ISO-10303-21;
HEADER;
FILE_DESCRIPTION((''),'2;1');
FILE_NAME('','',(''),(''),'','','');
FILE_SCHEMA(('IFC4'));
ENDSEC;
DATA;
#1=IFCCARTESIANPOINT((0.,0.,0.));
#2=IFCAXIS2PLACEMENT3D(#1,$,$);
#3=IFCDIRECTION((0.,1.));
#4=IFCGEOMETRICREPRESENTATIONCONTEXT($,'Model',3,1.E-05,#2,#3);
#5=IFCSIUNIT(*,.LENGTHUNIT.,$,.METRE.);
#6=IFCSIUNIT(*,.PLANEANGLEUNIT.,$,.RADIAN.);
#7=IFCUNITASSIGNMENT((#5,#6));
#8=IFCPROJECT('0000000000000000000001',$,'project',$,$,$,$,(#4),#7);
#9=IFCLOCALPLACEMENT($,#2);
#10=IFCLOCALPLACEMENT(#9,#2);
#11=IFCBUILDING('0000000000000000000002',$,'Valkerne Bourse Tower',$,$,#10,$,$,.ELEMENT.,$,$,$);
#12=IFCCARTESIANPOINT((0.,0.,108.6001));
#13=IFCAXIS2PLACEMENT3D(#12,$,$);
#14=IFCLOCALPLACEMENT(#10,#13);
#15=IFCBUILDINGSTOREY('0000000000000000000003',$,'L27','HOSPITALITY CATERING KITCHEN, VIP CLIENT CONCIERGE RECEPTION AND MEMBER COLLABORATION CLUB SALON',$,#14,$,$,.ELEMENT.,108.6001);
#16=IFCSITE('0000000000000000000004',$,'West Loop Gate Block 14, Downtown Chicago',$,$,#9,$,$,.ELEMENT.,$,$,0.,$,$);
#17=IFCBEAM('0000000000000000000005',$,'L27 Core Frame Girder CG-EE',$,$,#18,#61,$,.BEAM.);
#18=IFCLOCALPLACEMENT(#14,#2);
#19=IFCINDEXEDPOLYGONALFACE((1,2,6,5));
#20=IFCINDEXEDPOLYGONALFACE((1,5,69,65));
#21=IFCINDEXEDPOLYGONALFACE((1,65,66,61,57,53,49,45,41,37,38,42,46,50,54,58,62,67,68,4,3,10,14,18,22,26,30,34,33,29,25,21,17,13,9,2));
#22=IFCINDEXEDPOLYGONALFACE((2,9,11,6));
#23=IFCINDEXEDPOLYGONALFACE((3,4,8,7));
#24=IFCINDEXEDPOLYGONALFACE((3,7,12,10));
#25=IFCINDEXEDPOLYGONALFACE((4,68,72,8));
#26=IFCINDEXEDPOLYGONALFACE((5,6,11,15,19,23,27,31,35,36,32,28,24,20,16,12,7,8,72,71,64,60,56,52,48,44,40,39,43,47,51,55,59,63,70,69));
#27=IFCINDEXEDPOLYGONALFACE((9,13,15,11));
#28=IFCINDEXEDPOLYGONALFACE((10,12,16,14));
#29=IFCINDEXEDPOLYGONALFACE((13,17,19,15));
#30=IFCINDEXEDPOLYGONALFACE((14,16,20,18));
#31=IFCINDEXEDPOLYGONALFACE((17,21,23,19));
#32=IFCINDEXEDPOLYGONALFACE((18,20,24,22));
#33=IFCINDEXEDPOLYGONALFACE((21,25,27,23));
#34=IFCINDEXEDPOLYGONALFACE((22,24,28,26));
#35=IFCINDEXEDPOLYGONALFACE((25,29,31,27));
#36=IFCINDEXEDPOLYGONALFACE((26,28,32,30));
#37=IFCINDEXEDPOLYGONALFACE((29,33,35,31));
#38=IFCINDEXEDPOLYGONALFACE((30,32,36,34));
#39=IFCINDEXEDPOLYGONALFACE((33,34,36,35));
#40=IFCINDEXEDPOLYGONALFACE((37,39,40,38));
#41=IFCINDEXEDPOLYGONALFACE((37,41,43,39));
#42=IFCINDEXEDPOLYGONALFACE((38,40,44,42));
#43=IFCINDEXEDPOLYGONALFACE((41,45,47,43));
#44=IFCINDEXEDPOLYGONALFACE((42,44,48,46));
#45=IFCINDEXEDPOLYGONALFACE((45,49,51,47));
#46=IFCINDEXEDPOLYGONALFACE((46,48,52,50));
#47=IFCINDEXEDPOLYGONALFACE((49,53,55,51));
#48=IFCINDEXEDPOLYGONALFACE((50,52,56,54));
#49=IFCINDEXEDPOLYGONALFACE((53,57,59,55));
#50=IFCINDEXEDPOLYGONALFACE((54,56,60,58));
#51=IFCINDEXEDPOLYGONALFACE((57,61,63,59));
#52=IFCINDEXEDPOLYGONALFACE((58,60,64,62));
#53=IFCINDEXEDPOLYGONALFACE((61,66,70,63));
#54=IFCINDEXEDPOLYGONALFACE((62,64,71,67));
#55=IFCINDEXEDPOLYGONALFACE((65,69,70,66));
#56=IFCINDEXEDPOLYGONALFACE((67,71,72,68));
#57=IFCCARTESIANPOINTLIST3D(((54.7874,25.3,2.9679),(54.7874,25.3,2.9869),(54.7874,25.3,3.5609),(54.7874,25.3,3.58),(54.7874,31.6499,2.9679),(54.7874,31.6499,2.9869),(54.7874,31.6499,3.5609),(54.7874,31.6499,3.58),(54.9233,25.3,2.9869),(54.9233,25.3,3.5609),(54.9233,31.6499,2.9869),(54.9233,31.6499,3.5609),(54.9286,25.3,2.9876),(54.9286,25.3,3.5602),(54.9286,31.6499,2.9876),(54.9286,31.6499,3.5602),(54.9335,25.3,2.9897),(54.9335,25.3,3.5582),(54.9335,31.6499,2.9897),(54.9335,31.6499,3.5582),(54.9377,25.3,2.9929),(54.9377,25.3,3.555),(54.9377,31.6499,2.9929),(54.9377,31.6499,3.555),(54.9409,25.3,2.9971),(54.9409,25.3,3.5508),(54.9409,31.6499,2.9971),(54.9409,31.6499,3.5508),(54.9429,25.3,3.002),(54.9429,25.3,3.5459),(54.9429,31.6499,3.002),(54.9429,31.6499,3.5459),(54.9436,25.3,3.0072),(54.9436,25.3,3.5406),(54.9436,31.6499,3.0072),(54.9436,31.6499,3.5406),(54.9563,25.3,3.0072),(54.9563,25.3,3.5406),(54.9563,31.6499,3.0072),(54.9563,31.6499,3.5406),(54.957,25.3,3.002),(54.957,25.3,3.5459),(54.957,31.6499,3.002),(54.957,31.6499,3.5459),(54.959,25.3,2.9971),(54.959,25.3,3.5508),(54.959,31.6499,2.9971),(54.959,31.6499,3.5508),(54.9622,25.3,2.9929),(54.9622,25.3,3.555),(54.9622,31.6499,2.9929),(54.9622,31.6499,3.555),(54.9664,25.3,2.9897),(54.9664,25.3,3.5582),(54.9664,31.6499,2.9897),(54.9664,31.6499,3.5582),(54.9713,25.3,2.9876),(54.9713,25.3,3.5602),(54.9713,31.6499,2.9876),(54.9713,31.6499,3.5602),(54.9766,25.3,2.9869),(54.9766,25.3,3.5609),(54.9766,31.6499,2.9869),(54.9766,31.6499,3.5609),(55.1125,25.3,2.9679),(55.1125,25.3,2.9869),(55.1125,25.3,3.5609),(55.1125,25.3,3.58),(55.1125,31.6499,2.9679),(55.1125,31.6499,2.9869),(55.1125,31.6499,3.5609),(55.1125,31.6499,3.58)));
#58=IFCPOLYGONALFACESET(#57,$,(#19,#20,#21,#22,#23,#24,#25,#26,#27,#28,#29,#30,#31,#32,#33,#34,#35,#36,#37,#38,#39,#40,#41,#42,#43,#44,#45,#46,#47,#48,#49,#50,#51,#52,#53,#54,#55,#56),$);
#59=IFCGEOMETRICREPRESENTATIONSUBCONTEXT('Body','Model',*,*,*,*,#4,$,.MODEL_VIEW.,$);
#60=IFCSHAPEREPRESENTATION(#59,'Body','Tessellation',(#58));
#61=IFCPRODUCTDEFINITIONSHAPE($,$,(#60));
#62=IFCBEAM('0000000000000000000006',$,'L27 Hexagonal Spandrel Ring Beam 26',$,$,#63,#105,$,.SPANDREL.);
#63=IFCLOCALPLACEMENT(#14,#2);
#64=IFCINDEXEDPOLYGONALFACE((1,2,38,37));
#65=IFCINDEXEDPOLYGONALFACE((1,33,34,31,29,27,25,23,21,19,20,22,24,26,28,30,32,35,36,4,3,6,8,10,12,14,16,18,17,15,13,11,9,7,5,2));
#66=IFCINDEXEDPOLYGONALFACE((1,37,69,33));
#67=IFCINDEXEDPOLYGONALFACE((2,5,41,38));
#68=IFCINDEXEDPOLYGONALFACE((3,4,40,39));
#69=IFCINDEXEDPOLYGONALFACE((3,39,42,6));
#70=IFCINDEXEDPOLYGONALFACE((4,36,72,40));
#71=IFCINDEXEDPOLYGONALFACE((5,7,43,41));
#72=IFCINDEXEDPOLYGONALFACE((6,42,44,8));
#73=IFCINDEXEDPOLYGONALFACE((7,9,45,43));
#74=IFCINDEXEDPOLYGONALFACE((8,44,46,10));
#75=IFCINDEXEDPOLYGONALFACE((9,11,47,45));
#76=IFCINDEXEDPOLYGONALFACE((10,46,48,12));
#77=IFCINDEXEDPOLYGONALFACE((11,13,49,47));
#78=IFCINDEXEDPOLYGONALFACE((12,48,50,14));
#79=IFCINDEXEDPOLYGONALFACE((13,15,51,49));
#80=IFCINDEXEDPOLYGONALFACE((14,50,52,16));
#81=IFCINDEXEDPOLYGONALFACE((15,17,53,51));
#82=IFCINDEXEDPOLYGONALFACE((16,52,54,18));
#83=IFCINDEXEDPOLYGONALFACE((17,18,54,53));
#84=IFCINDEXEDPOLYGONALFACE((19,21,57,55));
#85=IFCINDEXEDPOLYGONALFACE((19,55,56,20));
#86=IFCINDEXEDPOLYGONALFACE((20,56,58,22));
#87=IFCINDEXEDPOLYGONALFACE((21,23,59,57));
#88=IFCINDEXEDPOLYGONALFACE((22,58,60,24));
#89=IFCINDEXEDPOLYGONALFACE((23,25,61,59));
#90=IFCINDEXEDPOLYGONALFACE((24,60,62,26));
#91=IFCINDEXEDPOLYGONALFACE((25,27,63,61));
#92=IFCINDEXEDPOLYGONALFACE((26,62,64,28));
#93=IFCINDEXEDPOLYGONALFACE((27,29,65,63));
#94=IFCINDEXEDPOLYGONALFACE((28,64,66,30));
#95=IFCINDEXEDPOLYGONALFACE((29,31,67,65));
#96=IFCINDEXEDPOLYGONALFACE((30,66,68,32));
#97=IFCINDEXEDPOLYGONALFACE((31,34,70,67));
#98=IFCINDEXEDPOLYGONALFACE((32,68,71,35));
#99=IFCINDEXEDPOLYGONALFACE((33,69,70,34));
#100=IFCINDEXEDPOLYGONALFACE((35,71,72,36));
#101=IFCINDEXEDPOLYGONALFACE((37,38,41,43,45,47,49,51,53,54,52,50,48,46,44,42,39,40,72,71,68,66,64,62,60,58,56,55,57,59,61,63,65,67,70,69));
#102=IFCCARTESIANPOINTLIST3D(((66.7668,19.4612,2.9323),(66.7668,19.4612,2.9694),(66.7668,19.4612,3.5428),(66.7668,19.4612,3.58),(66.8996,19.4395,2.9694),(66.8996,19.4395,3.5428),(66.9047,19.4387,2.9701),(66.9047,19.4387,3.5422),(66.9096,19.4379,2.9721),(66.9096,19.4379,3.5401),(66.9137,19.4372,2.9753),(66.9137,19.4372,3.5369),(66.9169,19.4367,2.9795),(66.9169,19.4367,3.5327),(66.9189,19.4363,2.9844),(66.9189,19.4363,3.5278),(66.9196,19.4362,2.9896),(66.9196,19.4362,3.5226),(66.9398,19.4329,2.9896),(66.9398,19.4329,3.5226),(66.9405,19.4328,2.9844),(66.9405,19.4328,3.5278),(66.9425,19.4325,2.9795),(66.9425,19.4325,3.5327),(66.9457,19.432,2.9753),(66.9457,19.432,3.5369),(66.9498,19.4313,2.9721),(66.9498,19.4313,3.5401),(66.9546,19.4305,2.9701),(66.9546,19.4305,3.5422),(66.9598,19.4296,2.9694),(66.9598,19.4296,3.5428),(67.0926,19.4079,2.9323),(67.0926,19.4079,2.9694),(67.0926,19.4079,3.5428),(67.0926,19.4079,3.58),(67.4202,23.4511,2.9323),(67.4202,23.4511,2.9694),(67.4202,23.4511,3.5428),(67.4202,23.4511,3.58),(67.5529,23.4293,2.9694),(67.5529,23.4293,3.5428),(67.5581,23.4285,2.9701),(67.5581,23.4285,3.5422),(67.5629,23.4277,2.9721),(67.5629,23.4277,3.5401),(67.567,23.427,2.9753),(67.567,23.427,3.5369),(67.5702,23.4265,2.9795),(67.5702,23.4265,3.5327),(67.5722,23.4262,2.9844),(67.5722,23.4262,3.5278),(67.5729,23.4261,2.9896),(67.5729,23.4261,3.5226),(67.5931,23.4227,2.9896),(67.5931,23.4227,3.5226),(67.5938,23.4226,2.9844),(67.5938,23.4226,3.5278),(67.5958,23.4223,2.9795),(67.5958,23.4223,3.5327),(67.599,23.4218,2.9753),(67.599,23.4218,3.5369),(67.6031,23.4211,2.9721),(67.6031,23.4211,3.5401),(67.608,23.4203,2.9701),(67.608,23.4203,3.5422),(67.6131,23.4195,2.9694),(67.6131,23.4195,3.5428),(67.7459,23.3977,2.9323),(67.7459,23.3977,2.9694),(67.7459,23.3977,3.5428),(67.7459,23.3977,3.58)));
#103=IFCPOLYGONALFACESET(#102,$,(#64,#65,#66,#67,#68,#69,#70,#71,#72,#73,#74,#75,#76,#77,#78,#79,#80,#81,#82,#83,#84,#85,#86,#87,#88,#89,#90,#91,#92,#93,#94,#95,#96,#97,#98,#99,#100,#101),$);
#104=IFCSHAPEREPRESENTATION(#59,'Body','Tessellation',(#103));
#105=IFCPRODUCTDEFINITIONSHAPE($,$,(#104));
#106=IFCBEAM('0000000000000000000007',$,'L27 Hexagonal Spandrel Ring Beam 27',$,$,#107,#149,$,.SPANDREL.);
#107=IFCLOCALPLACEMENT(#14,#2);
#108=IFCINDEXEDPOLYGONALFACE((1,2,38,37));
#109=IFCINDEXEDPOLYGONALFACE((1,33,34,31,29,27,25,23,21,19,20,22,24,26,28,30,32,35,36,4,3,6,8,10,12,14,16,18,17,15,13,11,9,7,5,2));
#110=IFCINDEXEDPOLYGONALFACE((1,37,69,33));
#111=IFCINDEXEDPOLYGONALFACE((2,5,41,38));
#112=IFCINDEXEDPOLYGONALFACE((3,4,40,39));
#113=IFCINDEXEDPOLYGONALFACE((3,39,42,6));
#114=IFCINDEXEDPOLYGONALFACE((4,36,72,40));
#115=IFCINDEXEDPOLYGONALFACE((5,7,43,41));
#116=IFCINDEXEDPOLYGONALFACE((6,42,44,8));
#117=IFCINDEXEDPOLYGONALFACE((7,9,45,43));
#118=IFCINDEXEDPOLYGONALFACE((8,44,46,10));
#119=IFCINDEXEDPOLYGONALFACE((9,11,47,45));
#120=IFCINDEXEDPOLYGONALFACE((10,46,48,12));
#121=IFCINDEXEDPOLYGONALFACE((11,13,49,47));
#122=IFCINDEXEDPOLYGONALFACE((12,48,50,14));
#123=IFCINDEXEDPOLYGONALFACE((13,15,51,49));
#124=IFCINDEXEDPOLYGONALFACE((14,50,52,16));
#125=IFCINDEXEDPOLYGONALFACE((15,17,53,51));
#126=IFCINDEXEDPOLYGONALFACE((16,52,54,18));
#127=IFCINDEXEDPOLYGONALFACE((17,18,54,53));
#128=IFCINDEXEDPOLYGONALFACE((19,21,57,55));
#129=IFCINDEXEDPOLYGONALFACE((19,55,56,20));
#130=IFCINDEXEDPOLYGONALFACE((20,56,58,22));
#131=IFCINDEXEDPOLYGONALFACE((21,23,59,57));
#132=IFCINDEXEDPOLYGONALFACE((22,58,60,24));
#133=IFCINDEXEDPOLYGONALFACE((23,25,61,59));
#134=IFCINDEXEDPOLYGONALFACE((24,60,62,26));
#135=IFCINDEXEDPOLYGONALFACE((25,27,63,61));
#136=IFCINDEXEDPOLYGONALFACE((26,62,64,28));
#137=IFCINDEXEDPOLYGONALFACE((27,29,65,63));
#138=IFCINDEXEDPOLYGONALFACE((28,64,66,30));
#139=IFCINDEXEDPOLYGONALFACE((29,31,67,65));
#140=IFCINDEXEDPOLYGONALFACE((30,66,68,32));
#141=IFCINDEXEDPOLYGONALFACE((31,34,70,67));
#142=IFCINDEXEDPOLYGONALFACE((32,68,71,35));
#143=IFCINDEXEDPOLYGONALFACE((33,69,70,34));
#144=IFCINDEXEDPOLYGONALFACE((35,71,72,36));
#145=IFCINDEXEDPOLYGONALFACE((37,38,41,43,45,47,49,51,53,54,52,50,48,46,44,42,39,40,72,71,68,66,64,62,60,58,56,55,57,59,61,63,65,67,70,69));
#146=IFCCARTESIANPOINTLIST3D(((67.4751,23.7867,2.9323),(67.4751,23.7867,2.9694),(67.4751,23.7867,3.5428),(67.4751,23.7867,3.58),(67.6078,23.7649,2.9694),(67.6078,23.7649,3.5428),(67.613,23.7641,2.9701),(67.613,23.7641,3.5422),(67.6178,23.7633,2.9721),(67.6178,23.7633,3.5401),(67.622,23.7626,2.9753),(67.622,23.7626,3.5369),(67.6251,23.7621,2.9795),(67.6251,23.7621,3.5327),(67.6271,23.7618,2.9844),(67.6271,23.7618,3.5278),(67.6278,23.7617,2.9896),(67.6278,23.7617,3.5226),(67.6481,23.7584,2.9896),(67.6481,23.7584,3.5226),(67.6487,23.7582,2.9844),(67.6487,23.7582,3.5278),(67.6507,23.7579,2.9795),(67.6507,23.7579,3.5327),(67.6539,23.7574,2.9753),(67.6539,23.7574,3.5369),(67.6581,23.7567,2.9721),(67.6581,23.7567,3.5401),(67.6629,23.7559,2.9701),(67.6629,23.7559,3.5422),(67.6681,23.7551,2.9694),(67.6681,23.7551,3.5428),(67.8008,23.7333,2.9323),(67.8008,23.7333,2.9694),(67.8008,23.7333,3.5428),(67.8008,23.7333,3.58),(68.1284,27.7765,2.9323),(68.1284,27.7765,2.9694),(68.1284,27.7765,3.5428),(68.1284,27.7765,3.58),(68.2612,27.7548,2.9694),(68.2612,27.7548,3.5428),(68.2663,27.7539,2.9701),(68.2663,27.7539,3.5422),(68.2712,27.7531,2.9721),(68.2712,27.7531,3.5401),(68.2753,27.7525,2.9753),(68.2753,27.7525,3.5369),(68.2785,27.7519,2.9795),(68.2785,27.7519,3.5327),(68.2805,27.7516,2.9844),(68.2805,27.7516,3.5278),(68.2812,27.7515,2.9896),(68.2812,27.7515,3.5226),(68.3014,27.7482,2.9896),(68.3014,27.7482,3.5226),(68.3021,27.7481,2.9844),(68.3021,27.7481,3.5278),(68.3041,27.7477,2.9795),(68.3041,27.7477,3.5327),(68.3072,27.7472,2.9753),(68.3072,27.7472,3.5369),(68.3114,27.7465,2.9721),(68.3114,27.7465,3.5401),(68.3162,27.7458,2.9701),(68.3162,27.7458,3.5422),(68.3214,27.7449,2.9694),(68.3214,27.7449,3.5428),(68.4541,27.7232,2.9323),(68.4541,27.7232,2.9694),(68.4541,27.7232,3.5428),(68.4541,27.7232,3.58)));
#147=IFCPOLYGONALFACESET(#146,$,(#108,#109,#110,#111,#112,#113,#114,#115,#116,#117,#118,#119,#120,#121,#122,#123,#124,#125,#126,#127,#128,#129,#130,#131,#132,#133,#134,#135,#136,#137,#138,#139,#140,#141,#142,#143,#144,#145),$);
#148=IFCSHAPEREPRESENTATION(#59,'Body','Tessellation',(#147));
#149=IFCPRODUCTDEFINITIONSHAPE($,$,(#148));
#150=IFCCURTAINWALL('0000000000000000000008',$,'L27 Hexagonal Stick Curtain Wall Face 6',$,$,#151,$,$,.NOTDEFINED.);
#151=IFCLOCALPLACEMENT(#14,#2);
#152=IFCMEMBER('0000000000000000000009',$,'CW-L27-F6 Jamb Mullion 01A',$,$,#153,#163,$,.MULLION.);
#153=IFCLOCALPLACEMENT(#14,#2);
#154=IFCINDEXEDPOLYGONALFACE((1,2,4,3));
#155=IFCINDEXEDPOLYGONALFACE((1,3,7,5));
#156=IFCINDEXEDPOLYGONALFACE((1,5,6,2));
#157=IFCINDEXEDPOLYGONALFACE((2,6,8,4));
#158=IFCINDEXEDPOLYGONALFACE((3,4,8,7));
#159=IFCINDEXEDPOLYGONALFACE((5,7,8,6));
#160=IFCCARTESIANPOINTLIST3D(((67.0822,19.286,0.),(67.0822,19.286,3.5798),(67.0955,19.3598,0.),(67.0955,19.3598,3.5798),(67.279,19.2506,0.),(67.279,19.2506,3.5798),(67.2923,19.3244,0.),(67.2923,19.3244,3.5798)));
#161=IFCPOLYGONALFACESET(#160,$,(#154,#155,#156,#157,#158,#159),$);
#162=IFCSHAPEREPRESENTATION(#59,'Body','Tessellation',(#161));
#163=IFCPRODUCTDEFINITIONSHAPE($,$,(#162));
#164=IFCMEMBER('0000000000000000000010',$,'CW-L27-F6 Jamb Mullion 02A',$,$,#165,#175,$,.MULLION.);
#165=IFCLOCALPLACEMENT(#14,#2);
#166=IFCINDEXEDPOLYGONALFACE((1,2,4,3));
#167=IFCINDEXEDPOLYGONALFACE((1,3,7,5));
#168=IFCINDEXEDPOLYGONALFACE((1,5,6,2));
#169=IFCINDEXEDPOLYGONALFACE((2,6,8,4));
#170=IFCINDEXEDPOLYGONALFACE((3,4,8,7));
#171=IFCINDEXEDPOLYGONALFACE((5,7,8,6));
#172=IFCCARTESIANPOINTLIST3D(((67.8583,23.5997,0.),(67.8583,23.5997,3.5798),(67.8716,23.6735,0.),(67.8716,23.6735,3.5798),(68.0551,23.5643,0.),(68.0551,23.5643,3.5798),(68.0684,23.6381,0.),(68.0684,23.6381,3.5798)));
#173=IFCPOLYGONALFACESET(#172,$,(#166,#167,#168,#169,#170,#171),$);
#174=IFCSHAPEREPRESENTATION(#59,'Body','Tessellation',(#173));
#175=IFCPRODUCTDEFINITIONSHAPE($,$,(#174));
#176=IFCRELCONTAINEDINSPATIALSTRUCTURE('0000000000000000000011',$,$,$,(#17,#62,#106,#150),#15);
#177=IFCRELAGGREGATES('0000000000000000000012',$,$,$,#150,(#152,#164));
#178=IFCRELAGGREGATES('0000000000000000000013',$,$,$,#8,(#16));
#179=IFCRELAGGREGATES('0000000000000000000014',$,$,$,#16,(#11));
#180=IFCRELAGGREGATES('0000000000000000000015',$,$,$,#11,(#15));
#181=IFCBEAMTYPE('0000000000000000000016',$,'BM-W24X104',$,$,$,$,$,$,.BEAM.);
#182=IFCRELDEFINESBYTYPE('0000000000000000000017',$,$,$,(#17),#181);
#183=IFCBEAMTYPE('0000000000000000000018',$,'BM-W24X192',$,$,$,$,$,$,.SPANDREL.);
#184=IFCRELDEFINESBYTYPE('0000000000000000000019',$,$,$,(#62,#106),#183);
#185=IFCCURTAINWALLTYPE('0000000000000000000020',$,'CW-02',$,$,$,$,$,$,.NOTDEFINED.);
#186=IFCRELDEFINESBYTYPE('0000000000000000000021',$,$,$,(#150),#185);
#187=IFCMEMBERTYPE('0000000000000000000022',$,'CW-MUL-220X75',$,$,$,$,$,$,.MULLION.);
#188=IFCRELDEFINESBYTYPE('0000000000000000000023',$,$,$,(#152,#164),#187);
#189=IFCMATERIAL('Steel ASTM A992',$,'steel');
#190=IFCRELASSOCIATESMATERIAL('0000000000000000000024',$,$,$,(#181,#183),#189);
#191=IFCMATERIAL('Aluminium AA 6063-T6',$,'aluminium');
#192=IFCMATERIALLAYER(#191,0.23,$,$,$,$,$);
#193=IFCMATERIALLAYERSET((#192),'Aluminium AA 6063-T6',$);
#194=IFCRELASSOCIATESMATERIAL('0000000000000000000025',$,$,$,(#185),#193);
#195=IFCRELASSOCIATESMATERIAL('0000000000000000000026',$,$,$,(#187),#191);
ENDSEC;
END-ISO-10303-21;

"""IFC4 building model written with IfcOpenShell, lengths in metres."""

from ifc_helpers import new_model, si_unit, direction, frame, origin, origin_2d, place, context, subcontext, project, spatial, rectangle, i_section, extrude, material, layer, layer_set, material_profile, profile_set, type_object, element, aggregate, save


model = new_model("IFC4")

# Units and contexts
model_context = context("Model", 3, precision=1e-05, world=origin(), true_north=direction((0.0, 1.0)))
body_context = subcontext(model_context, "Body", "Model", "MODEL_VIEW")
ifc_project = project(units=[si_unit("LENGTHUNIT", "METRE"), si_unit("PLANEANGLEUNIT", "RADIAN")], contexts=[model_context])

# Site, building, storey
site_placement = place(None, origin())
site = spatial("IfcSite", under=ifc_project, at=site_placement, Name="West Loop Gate Block 14, Downtown Chicago", CompositionType="ELEMENT", RefElevation=0.0)
building_placement = place(site_placement, origin())
building = spatial("IfcBuilding", under=site, at=building_placement, Name="Valkerne Bourse Tower", CompositionType="ELEMENT")
storey_placement = place(building_placement, frame((0.0, 0.0, 108.6001)))
storey = spatial("IfcBuildingStorey", under=building, at=storey_placement, Name="L27", Description="HOSPITALITY CATERING KITCHEN, VIP CLIENT CONCIERGE RECEPTION AND MEMBER COLLABORATION CLUB SALON", CompositionType="ELEMENT", Elevation=108.6001)

# Beams
ifc_material_1 = material(Name="Steel ASTM A992", Category="steel")
ifc_material_profile_1 = material_profile(ifc_material_1, i_section(OverallWidth=0.3252, OverallDepth=0.6121, WebThickness=0.0127, FlangeThickness=0.019, FilletRadius=0.0203, at=origin_2d()), Name="W24X104")
ifc_profile_set_1 = profile_set([ifc_material_profile_1], Name="Steel ASTM A992")
beam_type_1 = type_object("IfcBeamType", Name="BM-W24X104", PredefinedType="BEAM", material=ifc_profile_set_1)
beam_1_placement = place(storey_placement, frame((54.95, 25.3, 3.2739), z_axis=(0.0, 1.0, 0.0), x_axis=(-1.0, 0.0, 0.0)))
element("IfcBeam", 1, at=beam_1_placement, inside=storey, type_object=beam_type_1, Name="L27 Core Frame Girder CG-EE", PredefinedType="BEAM", context=body_context, shape_type="SweptSolid", body=[
    extrude(i_section(OverallWidth=0.3252, OverallDepth=0.6121, WebThickness=0.0127, FlangeThickness=0.019, FilletRadius=0.0203, at=origin_2d()), origin(), (0.0, 0.0, 1.0), 6.3499),
])
ifc_material_profile_2 = material_profile(ifc_material_1, i_section(OverallWidth=0.3301, OverallDepth=0.6477, WebThickness=0.0205, FlangeThickness=0.0371, FilletRadius=0.0203, at=origin_2d()), Name="W24X192")
ifc_profile_set_2 = profile_set([ifc_material_profile_2], Name="Steel ASTM A992")
beam_type_2 = type_object("IfcBeamType", Name="BM-W24X192", PredefinedType="SPANDREL", material=ifc_profile_set_2)
for number, where, z_axis, x_axis, name in (
    (2, (66.9297, 19.4346, 3.2561), (0.161598, 0.986857, 0.0), (-0.986857, 0.161598, 0.0), "L27 Hexagonal Spandrel Ring Beam 26"),
    (3, (67.6379, 23.76, 3.2561), (0.161598, 0.986857, 0.0), (-0.986857, 0.161598, 0.0), "L27 Hexagonal Spandrel Ring Beam 27"),
):
    element("IfcBeam", number, at=place(storey_placement, frame(where, z_axis=z_axis, x_axis=x_axis)), inside=storey, type_object=beam_type_2, Name=name, PredefinedType="SPANDREL", context=body_context, shape_type="SweptSolid", body=[
        extrude(i_section(OverallWidth=0.3301, OverallDepth=0.6477, WebThickness=0.0205, FlangeThickness=0.0371, FilletRadius=0.0203, at=origin_2d()), origin(), (0.0, 0.0, 1.0), 4.043),
    ])

# Curtain wall, members
ifc_material_2 = material(Name="Aluminium AA 6063-T6", Category="aluminium")
ifc_layer_1 = layer(ifc_material_2, 0.23)
ifc_layer_set_1 = layer_set([ifc_layer_1], Name="Aluminium AA 6063-T6")
curtain_wall_type = type_object("IfcCurtainWallType", Name="CW-02", PredefinedType="NOTDEFINED", material=ifc_layer_set_1)
curtain_wall_placement = place(storey_placement, origin())
curtain_wall = element("IfcCurtainWall", 4, at=curtain_wall_placement, inside=storey, type_object=curtain_wall_type, Name="L27 Hexagonal Stick Curtain Wall Face 6", PredefinedType="NOTDEFINED")
ifc_material_profile_3 = material_profile(ifc_material_2, rectangle(XDim=0.075, YDim=0.2, at=origin_2d()), Name="CWM-75X200")
ifc_profile_set_3 = profile_set([ifc_material_profile_3], Name="Aluminium AA 6063-T6")
member_type_1 = type_object("IfcMemberType", Name="CW-MUL-220X75", PredefinedType="MULLION", material=ifc_profile_set_3)
member_1_placement = place(storey_placement, frame((67.1873, 19.3052, 0.0), z_axis=(0.0, 0.0, 1.0), x_axis=(0.177072, 0.984198, 0.0)))
member_1 = element("IfcMember", 5, at=member_1_placement, type_object=member_type_1, Name="CW-L27-F6 Jamb Mullion 01A", PredefinedType="MULLION", context=body_context, shape_type="SweptSolid", body=[
    extrude(rectangle(XDim=0.075, YDim=0.2, at=origin_2d()), origin(), (0.0, 0.0, 1.0), 3.5798),
])
member_2_placement = place(storey_placement, frame((67.9634, 23.6189, 0.0), z_axis=(0.0, 0.0, 1.0), x_axis=(0.177094, 0.984194, 0.0)))
member_2 = element("IfcMember", 6, at=member_2_placement, type_object=member_type_1, Name="CW-L27-F6 Jamb Mullion 02A", PredefinedType="MULLION", context=body_context, shape_type="SweptSolid", body=[
    extrude(rectangle(XDim=0.075, YDim=0.2, at=origin_2d()), origin(), (0.0, 0.0, 1.0), 3.5798),
])

aggregate(curtain_wall, [member_1, member_2])

save(model, "model.ifc")
